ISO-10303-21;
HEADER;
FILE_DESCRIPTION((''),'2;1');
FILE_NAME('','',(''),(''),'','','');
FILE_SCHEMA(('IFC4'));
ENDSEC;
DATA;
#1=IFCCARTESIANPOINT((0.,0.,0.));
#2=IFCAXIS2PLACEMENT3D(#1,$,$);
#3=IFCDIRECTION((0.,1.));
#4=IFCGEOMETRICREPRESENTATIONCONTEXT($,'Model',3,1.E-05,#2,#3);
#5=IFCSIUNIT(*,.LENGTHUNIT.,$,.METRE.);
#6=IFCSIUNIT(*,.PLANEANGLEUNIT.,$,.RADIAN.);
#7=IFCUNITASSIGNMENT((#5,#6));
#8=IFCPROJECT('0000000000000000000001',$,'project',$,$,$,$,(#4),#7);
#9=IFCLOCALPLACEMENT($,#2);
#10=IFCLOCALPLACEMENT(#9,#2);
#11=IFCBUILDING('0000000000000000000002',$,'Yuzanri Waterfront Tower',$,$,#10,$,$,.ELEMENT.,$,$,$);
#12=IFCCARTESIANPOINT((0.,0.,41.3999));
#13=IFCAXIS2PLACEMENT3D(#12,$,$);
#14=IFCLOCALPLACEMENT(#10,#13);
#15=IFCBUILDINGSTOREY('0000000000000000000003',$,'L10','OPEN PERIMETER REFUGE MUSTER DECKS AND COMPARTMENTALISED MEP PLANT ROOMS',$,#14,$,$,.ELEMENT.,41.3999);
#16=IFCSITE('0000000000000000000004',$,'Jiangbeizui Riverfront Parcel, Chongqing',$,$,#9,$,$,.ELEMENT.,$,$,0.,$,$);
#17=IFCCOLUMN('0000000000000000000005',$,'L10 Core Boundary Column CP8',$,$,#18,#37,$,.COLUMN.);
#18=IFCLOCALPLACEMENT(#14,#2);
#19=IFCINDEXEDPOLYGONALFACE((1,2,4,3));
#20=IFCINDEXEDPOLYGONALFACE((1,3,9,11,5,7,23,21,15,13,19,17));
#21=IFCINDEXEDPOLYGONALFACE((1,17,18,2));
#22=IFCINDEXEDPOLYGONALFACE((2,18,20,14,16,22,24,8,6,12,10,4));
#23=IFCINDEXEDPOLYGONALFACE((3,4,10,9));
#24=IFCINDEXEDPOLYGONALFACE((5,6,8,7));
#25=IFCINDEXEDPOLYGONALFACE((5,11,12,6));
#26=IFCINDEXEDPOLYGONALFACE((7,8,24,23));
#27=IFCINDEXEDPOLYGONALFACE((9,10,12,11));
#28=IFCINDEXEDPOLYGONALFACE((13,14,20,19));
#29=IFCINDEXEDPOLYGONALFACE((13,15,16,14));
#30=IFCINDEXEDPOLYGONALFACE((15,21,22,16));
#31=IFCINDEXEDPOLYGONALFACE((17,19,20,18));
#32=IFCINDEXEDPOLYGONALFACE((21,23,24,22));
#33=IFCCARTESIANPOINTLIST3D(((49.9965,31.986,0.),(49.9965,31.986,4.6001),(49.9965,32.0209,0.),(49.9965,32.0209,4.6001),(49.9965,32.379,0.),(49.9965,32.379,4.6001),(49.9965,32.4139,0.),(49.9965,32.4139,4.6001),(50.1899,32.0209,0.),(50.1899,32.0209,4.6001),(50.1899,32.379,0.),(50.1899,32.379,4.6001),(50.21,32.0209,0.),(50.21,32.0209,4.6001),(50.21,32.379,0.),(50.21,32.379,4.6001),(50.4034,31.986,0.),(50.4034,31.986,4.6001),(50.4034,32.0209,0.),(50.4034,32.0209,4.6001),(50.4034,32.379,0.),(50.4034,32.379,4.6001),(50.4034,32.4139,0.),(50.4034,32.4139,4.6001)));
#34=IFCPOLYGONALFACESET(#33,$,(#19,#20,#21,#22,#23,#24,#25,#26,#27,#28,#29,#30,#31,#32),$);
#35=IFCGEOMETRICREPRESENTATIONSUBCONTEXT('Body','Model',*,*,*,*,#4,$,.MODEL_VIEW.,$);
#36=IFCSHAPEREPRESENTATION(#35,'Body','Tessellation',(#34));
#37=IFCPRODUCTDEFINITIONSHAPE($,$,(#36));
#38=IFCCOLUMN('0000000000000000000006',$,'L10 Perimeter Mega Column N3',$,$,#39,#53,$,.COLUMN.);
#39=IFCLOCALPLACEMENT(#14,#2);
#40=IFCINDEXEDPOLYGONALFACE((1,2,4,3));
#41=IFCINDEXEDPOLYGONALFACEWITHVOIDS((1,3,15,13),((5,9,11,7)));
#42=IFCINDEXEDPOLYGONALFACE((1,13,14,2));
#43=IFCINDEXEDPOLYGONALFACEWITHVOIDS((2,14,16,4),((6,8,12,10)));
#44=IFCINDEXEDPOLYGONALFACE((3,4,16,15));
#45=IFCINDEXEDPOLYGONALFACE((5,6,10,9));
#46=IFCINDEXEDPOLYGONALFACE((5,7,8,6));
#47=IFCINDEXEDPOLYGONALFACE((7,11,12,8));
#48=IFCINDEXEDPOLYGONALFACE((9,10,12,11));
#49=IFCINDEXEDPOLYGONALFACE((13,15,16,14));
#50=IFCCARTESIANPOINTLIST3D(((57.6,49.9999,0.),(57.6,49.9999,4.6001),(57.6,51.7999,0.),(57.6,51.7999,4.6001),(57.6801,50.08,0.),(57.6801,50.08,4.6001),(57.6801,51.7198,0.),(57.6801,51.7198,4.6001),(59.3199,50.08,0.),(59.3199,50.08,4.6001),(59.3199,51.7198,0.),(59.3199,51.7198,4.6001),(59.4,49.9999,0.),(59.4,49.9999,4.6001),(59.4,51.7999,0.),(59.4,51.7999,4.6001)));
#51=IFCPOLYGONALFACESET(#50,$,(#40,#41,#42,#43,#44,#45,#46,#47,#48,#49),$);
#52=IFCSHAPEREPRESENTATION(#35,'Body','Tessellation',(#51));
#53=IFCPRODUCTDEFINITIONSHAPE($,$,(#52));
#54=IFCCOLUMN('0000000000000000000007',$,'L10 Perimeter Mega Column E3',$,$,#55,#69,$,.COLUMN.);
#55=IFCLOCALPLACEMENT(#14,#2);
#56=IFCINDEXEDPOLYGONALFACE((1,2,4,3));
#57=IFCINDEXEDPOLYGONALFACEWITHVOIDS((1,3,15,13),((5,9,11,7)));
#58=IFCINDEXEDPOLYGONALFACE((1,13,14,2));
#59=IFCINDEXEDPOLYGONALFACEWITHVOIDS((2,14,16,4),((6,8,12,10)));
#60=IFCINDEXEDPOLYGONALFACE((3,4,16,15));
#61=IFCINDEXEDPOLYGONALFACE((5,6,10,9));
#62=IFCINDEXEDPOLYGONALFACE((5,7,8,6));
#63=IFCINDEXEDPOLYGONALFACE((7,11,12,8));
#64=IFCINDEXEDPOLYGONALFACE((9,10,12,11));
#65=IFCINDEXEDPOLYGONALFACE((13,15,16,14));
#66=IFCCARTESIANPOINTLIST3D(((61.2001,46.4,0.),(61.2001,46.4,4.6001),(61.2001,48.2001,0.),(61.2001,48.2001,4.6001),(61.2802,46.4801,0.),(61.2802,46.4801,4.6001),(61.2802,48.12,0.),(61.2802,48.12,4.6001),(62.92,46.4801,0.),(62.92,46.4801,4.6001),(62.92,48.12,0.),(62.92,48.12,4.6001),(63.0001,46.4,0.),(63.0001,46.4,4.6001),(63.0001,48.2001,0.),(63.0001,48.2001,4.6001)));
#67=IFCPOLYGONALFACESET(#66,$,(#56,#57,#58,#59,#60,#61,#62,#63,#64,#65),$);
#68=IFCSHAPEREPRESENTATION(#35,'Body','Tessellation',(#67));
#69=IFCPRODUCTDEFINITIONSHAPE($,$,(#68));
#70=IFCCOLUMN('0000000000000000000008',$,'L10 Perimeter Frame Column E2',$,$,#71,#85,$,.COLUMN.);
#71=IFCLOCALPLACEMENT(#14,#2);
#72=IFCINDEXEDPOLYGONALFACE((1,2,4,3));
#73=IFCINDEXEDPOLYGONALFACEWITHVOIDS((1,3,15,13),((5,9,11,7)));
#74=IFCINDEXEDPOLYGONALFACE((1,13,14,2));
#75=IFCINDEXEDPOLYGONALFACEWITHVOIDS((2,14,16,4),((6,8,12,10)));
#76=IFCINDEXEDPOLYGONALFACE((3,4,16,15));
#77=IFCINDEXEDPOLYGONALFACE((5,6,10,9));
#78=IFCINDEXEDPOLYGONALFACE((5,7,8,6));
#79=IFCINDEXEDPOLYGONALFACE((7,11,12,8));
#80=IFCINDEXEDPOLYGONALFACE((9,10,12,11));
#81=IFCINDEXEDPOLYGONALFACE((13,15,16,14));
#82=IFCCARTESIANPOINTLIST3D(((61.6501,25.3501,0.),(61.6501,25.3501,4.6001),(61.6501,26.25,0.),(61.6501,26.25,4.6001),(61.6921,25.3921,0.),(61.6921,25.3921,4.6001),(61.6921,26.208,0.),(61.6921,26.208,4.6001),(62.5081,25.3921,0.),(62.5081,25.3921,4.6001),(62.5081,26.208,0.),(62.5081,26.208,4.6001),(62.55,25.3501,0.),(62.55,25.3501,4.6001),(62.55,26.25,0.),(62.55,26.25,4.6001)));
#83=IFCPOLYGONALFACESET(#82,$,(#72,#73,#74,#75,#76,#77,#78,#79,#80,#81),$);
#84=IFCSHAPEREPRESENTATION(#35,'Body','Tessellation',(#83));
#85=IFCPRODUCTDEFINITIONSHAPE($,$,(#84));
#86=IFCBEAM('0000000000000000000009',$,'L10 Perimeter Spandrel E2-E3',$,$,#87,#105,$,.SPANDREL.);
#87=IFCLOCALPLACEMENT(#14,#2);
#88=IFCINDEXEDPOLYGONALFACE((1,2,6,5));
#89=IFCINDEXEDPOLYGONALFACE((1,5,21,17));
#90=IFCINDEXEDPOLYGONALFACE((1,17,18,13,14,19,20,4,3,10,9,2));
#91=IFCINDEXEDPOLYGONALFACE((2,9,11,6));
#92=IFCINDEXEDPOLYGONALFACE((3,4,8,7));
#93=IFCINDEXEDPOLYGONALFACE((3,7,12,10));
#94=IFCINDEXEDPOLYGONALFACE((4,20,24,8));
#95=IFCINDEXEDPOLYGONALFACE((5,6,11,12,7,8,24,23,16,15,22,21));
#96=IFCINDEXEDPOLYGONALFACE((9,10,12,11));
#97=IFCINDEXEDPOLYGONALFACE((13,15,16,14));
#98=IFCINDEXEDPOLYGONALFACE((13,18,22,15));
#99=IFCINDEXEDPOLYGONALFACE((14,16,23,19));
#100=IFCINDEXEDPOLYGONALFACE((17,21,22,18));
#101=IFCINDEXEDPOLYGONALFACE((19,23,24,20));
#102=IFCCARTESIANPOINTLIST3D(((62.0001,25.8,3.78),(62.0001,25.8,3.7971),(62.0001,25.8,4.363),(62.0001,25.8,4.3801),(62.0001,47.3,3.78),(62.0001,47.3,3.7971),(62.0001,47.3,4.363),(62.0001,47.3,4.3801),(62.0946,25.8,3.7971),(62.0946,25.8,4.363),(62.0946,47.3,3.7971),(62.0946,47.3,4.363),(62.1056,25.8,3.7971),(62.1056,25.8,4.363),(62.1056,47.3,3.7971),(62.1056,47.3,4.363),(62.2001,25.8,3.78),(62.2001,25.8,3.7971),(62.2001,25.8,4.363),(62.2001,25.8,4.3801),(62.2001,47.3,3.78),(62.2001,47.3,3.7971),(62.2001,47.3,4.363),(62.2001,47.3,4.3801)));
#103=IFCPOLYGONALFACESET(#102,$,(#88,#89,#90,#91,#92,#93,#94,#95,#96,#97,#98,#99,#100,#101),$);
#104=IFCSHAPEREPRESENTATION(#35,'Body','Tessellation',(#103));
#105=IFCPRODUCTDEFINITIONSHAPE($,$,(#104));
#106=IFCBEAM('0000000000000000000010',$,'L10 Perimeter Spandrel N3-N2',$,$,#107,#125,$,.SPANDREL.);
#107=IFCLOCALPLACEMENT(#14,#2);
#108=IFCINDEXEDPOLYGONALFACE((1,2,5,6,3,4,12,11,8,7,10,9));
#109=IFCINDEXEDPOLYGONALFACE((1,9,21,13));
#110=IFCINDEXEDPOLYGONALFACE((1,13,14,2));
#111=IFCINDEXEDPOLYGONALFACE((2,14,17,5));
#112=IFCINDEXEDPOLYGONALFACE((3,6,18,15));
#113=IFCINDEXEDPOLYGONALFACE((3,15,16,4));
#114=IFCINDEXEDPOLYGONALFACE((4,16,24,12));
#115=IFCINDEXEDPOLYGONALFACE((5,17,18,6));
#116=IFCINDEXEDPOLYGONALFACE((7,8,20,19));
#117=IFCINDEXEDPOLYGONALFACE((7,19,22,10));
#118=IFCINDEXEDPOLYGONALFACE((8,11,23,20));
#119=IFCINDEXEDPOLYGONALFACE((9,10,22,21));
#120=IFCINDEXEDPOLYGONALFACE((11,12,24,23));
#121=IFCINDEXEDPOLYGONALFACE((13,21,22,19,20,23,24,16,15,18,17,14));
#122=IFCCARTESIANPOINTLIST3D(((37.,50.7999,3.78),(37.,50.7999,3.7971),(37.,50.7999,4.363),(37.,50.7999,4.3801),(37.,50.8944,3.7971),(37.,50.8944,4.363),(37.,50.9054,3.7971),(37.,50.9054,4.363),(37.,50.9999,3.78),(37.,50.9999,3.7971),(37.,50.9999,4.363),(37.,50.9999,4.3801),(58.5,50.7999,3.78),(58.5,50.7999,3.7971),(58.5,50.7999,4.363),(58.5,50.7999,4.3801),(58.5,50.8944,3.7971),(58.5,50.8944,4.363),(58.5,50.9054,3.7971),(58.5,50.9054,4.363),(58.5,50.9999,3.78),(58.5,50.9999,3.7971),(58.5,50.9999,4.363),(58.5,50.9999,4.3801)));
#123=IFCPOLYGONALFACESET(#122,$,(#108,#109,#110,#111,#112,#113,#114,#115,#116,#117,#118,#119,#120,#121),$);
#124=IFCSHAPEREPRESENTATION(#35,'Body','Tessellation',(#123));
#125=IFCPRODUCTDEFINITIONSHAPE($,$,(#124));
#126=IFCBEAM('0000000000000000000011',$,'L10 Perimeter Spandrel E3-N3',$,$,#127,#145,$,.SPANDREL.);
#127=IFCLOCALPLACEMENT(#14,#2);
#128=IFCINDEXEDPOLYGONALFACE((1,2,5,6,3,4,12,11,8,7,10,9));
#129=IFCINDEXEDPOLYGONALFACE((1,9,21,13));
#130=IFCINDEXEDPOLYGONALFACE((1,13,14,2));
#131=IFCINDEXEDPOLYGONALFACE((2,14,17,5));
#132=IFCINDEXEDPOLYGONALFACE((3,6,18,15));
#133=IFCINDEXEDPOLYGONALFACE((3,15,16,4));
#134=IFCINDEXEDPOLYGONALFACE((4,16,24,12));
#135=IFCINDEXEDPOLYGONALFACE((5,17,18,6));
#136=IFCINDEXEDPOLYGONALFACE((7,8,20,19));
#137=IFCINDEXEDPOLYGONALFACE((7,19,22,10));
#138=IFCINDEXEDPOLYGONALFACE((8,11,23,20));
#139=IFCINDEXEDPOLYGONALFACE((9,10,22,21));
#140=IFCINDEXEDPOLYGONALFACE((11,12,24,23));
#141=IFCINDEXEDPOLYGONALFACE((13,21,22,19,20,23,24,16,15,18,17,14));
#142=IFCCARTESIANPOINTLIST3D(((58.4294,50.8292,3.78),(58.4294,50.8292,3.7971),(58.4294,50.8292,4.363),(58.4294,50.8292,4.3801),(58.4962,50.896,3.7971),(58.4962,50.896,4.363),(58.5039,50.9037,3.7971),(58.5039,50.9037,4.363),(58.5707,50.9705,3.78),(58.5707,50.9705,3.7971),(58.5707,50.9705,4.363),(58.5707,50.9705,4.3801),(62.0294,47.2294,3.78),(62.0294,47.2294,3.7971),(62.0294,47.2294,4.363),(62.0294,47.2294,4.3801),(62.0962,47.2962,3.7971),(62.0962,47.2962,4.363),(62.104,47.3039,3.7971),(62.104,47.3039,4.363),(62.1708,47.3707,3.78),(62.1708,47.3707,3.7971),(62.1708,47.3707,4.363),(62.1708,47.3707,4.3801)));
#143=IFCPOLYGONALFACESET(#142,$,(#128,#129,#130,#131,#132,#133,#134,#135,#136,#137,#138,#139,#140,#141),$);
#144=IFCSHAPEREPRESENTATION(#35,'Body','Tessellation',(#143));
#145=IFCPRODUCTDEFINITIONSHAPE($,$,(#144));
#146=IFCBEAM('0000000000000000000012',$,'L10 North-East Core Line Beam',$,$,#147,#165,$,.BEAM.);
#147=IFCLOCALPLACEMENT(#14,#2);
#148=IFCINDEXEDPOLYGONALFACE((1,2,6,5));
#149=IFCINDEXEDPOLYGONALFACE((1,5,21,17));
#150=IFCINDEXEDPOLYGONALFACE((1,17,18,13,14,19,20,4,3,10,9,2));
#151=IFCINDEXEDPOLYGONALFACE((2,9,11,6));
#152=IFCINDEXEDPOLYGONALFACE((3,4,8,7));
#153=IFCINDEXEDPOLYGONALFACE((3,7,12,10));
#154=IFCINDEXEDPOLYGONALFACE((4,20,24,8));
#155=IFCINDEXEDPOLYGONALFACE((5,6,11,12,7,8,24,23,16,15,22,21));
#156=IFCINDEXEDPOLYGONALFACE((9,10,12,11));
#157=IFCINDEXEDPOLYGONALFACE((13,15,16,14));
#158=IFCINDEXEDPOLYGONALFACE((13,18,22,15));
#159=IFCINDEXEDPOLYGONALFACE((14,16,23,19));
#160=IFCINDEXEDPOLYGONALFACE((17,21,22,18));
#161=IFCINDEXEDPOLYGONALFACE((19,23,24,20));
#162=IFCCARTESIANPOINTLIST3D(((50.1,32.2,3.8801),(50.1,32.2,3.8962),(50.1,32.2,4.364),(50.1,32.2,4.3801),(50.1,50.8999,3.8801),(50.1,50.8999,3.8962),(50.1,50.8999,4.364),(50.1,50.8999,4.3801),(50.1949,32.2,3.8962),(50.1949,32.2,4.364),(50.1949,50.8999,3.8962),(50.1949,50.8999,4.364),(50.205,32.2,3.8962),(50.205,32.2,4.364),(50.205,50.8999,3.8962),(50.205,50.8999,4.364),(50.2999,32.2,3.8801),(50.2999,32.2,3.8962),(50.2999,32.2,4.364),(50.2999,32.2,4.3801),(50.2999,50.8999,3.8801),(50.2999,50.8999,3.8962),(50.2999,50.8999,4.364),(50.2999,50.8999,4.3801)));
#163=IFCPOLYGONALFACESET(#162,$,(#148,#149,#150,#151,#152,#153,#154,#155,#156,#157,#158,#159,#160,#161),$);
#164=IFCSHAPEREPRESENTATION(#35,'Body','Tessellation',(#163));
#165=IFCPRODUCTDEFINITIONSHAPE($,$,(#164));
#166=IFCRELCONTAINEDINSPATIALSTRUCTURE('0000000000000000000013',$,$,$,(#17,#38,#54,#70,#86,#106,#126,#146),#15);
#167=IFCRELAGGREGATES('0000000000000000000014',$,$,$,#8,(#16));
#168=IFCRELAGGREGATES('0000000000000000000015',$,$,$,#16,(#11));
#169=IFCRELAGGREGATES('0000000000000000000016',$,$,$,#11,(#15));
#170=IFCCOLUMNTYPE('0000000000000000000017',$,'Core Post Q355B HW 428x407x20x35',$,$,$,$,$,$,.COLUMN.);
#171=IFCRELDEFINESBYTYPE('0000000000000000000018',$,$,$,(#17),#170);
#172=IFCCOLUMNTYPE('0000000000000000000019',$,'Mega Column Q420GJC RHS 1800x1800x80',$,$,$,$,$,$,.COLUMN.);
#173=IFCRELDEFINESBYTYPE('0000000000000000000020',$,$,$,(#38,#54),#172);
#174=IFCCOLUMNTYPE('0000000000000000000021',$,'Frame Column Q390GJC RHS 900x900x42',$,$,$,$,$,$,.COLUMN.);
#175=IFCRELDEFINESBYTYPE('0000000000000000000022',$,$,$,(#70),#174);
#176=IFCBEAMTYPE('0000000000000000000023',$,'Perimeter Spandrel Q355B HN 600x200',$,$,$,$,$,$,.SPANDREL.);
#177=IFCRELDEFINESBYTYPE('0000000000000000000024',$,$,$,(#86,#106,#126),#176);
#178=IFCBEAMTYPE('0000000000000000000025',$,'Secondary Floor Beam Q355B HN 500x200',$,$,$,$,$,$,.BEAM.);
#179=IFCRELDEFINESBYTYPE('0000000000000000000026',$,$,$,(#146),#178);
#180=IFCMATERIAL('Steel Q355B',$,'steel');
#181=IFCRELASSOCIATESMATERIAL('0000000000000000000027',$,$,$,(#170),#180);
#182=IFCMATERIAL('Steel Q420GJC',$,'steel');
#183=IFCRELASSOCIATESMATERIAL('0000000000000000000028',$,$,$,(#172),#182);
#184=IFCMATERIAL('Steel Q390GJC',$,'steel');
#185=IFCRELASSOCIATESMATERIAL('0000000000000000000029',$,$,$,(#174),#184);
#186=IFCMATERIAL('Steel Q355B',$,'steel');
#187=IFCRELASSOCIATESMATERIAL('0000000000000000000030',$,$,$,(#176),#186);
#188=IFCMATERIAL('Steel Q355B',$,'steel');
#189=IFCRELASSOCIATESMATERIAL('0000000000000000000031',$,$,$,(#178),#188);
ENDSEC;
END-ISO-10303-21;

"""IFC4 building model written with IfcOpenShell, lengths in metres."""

from ifc_helpers import new_model, si_unit, direction, frame, origin, origin_2d, place, context, subcontext, project, spatial, hollow_rectangle, i_section, extrude, source, transform, mapped, material, material_profile, profile_set, type_object, element, save


model = new_model("IFC4")

# Units and contexts
model_context = context("Model", 3, precision=1e-05, world=origin(), true_north=direction((0.0, 1.0)))
body_context = subcontext(model_context, "Body", "Model", "MODEL_VIEW")
ifc_project = project(units=[si_unit("LENGTHUNIT", "METRE"), si_unit("PLANEANGLEUNIT", "RADIAN")], contexts=[model_context])

# Site, building, storey
site_placement = place(None, origin())
site = spatial("IfcSite", under=ifc_project, at=site_placement, Name="Jiangbeizui Riverfront Parcel, Chongqing", CompositionType="ELEMENT", RefElevation=0.0)
building_placement = place(site_placement, origin())
building = spatial("IfcBuilding", under=site, at=building_placement, Name="Yuzanri Waterfront Tower", CompositionType="ELEMENT")
storey_placement = place(building_placement, frame((0.0, 0.0, 41.3999)))
storey = spatial("IfcBuildingStorey", under=building, at=storey_placement, Name="L10", Description="OPEN PERIMETER REFUGE MUSTER DECKS AND COMPARTMENTALISED MEP PLANT ROOMS", CompositionType="ELEMENT", Elevation=41.3999)

# Columns
ifc_material_1 = material(Name="Steel Q355B", Category="steel")
ifc_material_profile_1 = material_profile(ifc_material_1, i_section(OverallWidth=0.407, OverallDepth=0.428, WebThickness=0.02, FlangeThickness=0.0349, at=origin_2d()), Name="HW 428x407x20x35")
ifc_profile_set_1 = profile_set([ifc_material_profile_1], Name="Steel Q355B")
column_type_1 = type_object("IfcColumnType", Name="Core Post Q355B HW 428x407x20x35", PredefinedType="COLUMN", material=ifc_profile_set_1)
shared_shape_1 = source(origin(), body_context, "Body", "SweptSolid", [
    extrude(i_section(OverallWidth=0.407, OverallDepth=0.428, WebThickness=0.02, FlangeThickness=0.0349, at=origin_2d()), origin(), (0.0, 0.0, 1.0), 4.6001),
])
column_1_placement = place(storey_placement, frame((50.2, 32.2, 0.0), z_axis=(0.0, 0.0, 1.0), x_axis=(1.0, 0.0, 0.0)))
element("IfcColumn", 1, at=column_1_placement, inside=storey, type_object=column_type_1, Name="L10 Core Boundary Column CP8", PredefinedType="COLUMN", context=body_context, shape_type="MappedRepresentation", body=[
    mapped(shared_shape_1, transform((0.0, 0.0, 0.0), scale=1.0)),
])
ifc_material_2 = material(Name="Steel Q420GJC", Category="steel")
ifc_material_profile_2 = material_profile(ifc_material_2, hollow_rectangle(XDim=1.8, YDim=1.8, WallThickness=0.0801, at=origin_2d()), Name="RHS 1800x1800x80")
ifc_profile_set_2 = profile_set([ifc_material_profile_2], Name="Steel Q420GJC")
column_type_2 = type_object("IfcColumnType", Name="Mega Column Q420GJC RHS 1800x1800x80", PredefinedType="COLUMN", material=ifc_profile_set_2)
shared_shape_2 = source(origin(), body_context, "Body", "SweptSolid", [
    extrude(hollow_rectangle(XDim=1.8, YDim=1.8, WallThickness=0.0801, at=origin_2d()), origin(), (0.0, 0.0, 1.0), 4.6001),
])
for number, where, z_axis, x_axis, name in (
    (2, (58.5, 50.8999, 0.0), (0.0, 0.0, 1.0), (1.0, 0.0, 0.0), "L10 Perimeter Mega Column N3"),
    (3, (62.1001, 47.3, 0.0), (0.0, 0.0, 1.0), (1.0, 0.0, 0.0), "L10 Perimeter Mega Column E3"),
):
    element("IfcColumn", number, at=place(storey_placement, frame(where, z_axis=z_axis, x_axis=x_axis)), inside=storey, type_object=column_type_2, Name=name, PredefinedType="COLUMN", context=body_context, shape_type="MappedRepresentation", body=[
        mapped(shared_shape_2, transform((0.0, 0.0, 0.0), scale=1.0)),
    ])
ifc_material_3 = material(Name="Steel Q390GJC", Category="steel")
ifc_material_profile_3 = material_profile(ifc_material_3, hollow_rectangle(XDim=0.8999, YDim=0.8999, WallThickness=0.042, at=origin_2d()), Name="RHS 900x900x42")
ifc_profile_set_3 = profile_set([ifc_material_profile_3], Name="Steel Q390GJC")
column_type_3 = type_object("IfcColumnType", Name="Frame Column Q390GJC RHS 900x900x42", PredefinedType="COLUMN", material=ifc_profile_set_3)
shared_shape_3 = source(origin(), body_context, "Body", "SweptSolid", [
    extrude(hollow_rectangle(XDim=0.8999, YDim=0.8999, WallThickness=0.042, at=origin_2d()), origin(), (0.0, 0.0, 1.0), 4.6001),
])
column_2_placement = place(storey_placement, frame((62.1001, 25.8, 0.0), z_axis=(0.0, 0.0, 1.0), x_axis=(1.0, 0.0, 0.0)))
element("IfcColumn", 4, at=column_2_placement, inside=storey, type_object=column_type_3, Name="L10 Perimeter Frame Column E2", PredefinedType="COLUMN", context=body_context, shape_type="MappedRepresentation", body=[
    mapped(shared_shape_3, transform((0.0, 0.0, 0.0), scale=1.0)),
])

# Beams
ifc_material_4 = material(Name="Steel Q355B", Category="steel")
ifc_material_profile_4 = material_profile(ifc_material_4, i_section(OverallWidth=0.2, OverallDepth=0.6001, WebThickness=0.011, FlangeThickness=0.0171, at=origin_2d()), Name="HN 600x200x11x17")
ifc_profile_set_4 = profile_set([ifc_material_profile_4], Name="Steel Q355B")
beam_type_1 = type_object("IfcBeamType", Name="Perimeter Spandrel Q355B HN 600x200", PredefinedType="SPANDREL", material=ifc_profile_set_4)
shared_shape_4 = source(origin(), body_context, "Body", "SweptSolid", [
    extrude(i_section(OverallWidth=0.2, OverallDepth=0.6001, WebThickness=0.011, FlangeThickness=0.0171, at=origin_2d()), origin(), (0.0, 0.0, 1.0), 21.5),
])
for number, where, z_axis, x_axis, name in (
    (5, (62.1001, 25.8, 4.0801), (0.0, 1.0, 0.0), (-1.0, 0.0, 0.0), "L10 Perimeter Spandrel E2-E3"),
    (6, (58.5, 50.8999, 4.0801), (-1.0, 0.0, 0.0), (0.0, -1.0, 0.0), "L10 Perimeter Spandrel N3-N2"),
):
    element("IfcBeam", number, at=place(storey_placement, frame(where, z_axis=z_axis, x_axis=x_axis)), inside=storey, type_object=beam_type_1, Name=name, PredefinedType="SPANDREL", context=body_context, shape_type="MappedRepresentation", body=[
        mapped(shared_shape_4, transform((0.0, 0.0, 0.0), scale=1.0)),
    ])
shared_shape_5 = source(origin(), body_context, "Body", "SweptSolid", [
    extrude(i_section(OverallWidth=0.2, OverallDepth=0.6001, WebThickness=0.011, FlangeThickness=0.0171, at=origin_2d()), origin(), (0.0, 0.0, 1.0), 5.0911),
])
beam_1_placement = place(storey_placement, frame((62.1001, 47.3, 4.0801), z_axis=(-0.707131, 0.707083, 0.0), x_axis=(-0.707083, -0.707131, 0.0)))
element("IfcBeam", 7, at=beam_1_placement, inside=storey, type_object=beam_type_1, Name="L10 Perimeter Spandrel E3-N3", PredefinedType="SPANDREL", context=body_context, shape_type="MappedRepresentation", body=[
    mapped(shared_shape_5, transform((0.0, 0.0, 0.0), scale=1.0)),
])
ifc_material_5 = material(Name="Steel Q355B", Category="steel")
ifc_material_profile_5 = material_profile(ifc_material_5, i_section(OverallWidth=0.2, OverallDepth=0.5, WebThickness=0.01, FlangeThickness=0.0161, at=origin_2d()), Name="HN 500x200x10x16")
ifc_profile_set_5 = profile_set([ifc_material_profile_5], Name="Steel Q355B")
beam_type_2 = type_object("IfcBeamType", Name="Secondary Floor Beam Q355B HN 500x200", PredefinedType="BEAM", material=ifc_profile_set_5)
shared_shape_6 = source(origin(), body_context, "Body", "SweptSolid", [
    extrude(i_section(OverallWidth=0.2, OverallDepth=0.5, WebThickness=0.01, FlangeThickness=0.0161, at=origin_2d()), origin(), (0.0, 0.0, 1.0), 18.7),
])
beam_2_placement = place(storey_placement, frame((50.2, 32.2, 4.1301), z_axis=(0.0, 1.0, 0.0), x_axis=(-1.0, 0.0, 0.0)))
element("IfcBeam", 8, at=beam_2_placement, inside=storey, type_object=beam_type_2, Name="L10 North-East Core Line Beam", PredefinedType="BEAM", context=body_context, shape_type="MappedRepresentation", body=[
    mapped(shared_shape_6, transform((0.0, 0.0, 0.0), scale=1.0)),
])

save(model, "model.ifc")
